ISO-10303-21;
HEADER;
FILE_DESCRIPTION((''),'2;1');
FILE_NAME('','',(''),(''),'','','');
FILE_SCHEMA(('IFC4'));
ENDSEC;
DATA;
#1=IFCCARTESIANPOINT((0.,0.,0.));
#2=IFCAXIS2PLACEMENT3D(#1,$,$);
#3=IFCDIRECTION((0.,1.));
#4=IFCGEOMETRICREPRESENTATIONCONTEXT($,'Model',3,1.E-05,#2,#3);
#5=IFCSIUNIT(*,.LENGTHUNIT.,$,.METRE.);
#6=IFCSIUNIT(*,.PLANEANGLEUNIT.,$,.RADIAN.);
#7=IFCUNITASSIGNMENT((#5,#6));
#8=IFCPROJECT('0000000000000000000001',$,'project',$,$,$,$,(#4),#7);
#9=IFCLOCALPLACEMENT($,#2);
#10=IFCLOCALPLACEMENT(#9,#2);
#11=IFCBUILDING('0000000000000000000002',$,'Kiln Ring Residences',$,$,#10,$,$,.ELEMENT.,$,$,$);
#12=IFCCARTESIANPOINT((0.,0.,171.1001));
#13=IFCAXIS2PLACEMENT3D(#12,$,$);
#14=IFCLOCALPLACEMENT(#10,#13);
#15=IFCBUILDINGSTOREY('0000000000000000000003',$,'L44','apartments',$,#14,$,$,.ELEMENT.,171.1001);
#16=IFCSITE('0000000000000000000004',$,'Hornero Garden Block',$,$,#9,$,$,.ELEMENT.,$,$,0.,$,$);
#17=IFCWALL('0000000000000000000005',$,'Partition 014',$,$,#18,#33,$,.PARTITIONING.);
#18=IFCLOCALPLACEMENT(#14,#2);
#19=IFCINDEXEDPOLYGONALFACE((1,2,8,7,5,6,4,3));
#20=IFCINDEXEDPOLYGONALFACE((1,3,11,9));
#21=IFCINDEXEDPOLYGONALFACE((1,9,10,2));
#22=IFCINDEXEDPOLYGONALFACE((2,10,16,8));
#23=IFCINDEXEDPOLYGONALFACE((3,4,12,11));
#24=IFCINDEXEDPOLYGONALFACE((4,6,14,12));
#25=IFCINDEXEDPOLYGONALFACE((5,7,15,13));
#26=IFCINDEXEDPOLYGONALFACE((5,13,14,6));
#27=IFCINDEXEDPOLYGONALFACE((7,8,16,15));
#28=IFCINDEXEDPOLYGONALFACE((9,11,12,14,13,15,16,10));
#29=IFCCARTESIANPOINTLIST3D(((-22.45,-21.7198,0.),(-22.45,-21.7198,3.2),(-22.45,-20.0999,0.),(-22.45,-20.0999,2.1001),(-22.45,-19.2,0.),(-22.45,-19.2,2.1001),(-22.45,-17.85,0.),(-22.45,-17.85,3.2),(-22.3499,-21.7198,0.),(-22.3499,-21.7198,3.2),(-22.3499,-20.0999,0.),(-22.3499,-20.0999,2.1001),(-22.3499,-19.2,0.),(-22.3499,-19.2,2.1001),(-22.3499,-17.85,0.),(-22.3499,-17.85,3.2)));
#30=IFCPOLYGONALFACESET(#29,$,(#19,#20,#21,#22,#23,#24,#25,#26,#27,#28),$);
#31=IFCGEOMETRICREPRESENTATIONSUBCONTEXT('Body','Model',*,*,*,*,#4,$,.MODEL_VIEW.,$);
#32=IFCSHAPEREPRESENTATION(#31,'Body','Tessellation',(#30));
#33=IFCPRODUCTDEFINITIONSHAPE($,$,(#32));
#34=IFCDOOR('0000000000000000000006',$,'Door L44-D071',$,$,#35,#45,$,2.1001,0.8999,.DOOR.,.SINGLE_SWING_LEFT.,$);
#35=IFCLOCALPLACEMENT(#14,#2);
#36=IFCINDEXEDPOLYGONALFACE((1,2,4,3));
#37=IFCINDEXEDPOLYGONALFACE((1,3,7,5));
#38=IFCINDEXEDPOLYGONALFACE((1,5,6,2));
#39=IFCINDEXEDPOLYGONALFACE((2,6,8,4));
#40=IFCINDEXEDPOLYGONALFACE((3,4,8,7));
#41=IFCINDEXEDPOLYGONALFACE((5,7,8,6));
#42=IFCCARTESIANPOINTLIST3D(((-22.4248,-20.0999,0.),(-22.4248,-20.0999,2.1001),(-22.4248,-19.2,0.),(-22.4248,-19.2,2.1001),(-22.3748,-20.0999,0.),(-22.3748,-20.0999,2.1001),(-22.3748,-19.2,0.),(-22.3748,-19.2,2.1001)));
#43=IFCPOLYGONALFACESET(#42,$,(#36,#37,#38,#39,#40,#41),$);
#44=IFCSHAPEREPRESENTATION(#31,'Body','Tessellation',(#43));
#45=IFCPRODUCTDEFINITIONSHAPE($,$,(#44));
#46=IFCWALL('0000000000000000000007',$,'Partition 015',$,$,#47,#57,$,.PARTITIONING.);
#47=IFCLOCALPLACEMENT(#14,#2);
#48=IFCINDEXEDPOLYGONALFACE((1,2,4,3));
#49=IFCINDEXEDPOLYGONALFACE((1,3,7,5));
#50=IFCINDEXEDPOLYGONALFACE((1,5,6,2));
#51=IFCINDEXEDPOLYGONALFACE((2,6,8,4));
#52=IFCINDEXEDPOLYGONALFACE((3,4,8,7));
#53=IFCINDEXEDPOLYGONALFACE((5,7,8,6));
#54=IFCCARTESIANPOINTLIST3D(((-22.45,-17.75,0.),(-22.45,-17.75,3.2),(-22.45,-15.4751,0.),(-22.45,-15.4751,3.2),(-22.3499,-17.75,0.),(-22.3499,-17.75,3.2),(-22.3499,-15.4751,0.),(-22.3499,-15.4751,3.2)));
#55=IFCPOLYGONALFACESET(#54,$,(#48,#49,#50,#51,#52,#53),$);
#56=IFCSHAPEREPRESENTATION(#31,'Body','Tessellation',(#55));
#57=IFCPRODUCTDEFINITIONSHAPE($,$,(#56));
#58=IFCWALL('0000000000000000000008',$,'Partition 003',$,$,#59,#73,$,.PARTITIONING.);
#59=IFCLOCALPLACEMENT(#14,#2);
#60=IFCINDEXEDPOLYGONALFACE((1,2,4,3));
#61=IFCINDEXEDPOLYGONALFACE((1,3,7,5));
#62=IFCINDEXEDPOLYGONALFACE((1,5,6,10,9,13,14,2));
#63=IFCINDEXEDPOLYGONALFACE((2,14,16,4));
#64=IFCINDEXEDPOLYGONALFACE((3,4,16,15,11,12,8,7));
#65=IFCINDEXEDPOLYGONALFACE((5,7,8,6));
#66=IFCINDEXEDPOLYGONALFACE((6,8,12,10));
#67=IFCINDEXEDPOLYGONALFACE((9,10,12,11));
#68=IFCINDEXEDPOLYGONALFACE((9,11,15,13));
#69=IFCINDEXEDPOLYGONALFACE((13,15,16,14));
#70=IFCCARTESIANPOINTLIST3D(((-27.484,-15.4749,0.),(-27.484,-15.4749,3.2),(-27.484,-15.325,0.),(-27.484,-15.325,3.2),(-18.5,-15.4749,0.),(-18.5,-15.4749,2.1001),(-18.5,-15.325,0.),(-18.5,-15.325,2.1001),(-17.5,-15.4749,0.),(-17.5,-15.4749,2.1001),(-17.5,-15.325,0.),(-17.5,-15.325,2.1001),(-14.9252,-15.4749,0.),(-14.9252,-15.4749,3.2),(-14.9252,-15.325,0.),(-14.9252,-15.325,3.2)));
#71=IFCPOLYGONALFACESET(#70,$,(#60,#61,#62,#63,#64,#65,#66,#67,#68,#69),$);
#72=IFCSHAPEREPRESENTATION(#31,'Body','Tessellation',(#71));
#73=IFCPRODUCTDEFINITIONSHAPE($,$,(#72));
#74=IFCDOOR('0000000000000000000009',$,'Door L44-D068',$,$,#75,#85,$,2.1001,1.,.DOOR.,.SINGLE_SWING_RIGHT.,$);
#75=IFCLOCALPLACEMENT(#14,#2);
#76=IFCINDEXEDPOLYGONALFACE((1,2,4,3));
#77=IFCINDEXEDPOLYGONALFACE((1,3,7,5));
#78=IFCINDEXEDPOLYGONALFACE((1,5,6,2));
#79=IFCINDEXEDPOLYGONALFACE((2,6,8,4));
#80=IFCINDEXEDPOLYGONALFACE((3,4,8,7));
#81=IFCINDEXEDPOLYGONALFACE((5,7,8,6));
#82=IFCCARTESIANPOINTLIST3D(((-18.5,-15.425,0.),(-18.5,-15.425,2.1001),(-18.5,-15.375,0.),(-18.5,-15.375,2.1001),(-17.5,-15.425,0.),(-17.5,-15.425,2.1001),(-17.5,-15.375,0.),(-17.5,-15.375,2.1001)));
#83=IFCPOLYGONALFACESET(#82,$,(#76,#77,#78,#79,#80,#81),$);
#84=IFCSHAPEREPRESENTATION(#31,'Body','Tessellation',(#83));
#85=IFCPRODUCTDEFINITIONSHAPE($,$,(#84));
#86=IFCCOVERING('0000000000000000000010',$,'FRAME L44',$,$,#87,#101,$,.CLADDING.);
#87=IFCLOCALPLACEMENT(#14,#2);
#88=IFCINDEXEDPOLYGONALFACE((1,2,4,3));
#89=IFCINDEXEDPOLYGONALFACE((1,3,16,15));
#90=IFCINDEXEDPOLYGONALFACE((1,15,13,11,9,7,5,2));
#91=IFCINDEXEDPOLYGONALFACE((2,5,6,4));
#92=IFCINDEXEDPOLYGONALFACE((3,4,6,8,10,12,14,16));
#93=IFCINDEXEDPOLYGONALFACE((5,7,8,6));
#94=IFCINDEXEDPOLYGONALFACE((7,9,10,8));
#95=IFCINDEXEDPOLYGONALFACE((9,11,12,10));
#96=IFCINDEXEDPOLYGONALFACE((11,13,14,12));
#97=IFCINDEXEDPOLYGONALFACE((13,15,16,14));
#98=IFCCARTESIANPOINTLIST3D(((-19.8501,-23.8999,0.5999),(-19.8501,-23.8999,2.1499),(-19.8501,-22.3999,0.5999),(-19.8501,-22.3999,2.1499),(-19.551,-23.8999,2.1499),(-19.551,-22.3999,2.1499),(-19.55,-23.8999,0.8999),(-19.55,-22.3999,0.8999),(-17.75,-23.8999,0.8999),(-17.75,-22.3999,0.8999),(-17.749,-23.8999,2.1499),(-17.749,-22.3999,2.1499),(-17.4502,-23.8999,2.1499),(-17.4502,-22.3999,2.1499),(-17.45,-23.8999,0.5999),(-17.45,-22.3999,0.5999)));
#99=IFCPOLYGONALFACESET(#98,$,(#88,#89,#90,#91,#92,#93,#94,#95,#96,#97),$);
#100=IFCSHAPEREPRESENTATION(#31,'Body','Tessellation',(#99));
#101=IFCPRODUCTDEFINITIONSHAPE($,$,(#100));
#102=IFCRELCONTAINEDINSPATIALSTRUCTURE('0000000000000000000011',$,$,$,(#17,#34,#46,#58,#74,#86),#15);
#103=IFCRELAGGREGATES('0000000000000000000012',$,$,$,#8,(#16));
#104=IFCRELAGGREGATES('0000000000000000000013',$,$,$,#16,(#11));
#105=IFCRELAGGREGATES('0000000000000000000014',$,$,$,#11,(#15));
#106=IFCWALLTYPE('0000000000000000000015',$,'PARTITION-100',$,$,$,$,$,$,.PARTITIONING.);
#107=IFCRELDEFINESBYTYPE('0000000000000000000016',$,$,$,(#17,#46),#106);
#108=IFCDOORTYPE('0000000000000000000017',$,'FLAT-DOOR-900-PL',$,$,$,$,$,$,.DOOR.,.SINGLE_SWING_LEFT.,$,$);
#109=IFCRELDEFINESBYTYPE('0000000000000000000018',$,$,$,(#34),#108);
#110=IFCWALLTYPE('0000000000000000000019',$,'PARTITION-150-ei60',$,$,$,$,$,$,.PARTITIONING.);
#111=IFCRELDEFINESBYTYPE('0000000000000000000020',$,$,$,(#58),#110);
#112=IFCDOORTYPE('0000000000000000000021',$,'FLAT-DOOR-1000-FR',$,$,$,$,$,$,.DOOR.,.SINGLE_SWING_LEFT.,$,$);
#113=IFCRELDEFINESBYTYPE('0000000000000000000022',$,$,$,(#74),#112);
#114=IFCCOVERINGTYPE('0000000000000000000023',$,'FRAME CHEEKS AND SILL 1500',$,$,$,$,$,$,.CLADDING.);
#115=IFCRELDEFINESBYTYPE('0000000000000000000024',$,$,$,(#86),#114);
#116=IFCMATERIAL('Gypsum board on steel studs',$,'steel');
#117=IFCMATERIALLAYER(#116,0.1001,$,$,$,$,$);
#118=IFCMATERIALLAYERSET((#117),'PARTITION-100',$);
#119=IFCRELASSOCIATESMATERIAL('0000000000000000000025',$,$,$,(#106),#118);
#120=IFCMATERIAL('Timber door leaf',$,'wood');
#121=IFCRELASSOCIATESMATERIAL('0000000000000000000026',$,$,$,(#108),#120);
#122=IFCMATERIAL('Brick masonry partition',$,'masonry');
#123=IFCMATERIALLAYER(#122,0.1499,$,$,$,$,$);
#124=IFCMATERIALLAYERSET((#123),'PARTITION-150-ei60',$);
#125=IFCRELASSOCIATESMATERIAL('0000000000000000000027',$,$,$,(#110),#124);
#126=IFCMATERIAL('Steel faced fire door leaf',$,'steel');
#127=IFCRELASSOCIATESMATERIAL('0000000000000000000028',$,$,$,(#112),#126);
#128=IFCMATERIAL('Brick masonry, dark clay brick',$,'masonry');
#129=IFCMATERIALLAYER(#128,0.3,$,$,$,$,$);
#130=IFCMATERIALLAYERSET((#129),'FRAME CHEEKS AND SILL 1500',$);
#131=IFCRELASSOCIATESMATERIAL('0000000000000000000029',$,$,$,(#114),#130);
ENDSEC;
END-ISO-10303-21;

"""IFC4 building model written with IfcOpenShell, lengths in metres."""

from ifc_helpers import new_model, si_unit, direction, frame, frame_2d, origin, place, context, subcontext, project, spatial, polyline, rectangle, outline, extrude, material, layer, layer_set, type_object, element, fill, save


model = new_model("IFC4")

# Units and contexts
model_context = context("Model", 3, precision=1e-05, world=origin(), true_north=direction((0.0, 1.0)))
body_context = subcontext(model_context, "Body", "Model", "MODEL_VIEW")
ifc_project = project(units=[si_unit("LENGTHUNIT", "METRE"), si_unit("PLANEANGLEUNIT", "RADIAN")], contexts=[model_context])

# Site, building, storey
site_placement = place(None, origin())
site = spatial("IfcSite", under=ifc_project, at=site_placement, Name="Hornero Garden Block", CompositionType="ELEMENT", RefElevation=0.0)
building_placement = place(site_placement, origin())
building = spatial("IfcBuilding", under=site, at=building_placement, Name="Kiln Ring Residences", CompositionType="ELEMENT")
storey_placement = place(building_placement, frame((0.0, 0.0, 171.1001)))
storey = spatial("IfcBuildingStorey", under=building, at=storey_placement, Name="L44", Description="apartments", CompositionType="ELEMENT", Elevation=171.1001)

# Shared definitions
ifc_material_1 = material(Name="Gypsum board on steel studs", Category="steel")
ifc_layer_1 = layer(ifc_material_1, 0.1001)
ifc_layer_set_1 = layer_set([ifc_layer_1], Name="PARTITION-100")
wall_type_1 = type_object("IfcWallType", Name="PARTITION-100", PredefinedType="PARTITIONING", material=ifc_layer_set_1)
ifc_material_2 = material(Name="Timber door leaf", Category="wood")
door_type_1 = type_object("IfcDoorType", Name="FLAT-DOOR-900-PL", OperationType="SINGLE_SWING_LEFT", PredefinedType="DOOR", material=ifc_material_2)

# Wall, opening, door
wall_1_placement = place(storey_placement, frame((-22.3999, -21.72, 0.0), z_axis=(0.0, 0.0, 1.0), x_axis=(0.0, 1.0, 0.0)))
wall_1 = element("IfcWall", 1, at=wall_1_placement, inside=storey, type_object=wall_type_1, Name="Partition 014", PredefinedType="PARTITIONING", context=body_context, shape_type="SweptSolid", body=[
    extrude(rectangle(XDim=3.8699, YDim=0.1001, at=frame_2d((1.9351, 0.0))), origin(), (0.0, 0.0, 1.0), 3.2),
])
opening_1_placement = place(wall_1_placement, frame((1.6201, 0.0, 0.0)))
opening_1 = element("IfcOpeningElement", 2, at=opening_1_placement, cuts=wall_1, PredefinedType="OPENING", context=body_context, shape_type="SweptSolid", body=[
    extrude(rectangle(XDim=0.8999, YDim=2.1001, at=frame_2d((0.45, 1.05))), frame((0.0, 0.0601, 0.0), z_axis=(0.0, -1.0, 0.0), x_axis=(1.0, 0.0, 0.0)), (0.0, 0.0, 1.0), 0.1201),
])
door_1_placement = place(opening_1_placement, origin())
door_1 = element("IfcDoor", 3, at=door_1_placement, inside=storey, type_object=door_type_1, Name="Door L44-D071", OperationType="SINGLE_SWING_LEFT", OverallHeight=2.1001, OverallWidth=0.8999, PredefinedType="DOOR", context=body_context, shape_type="SweptSolid", body=[
    extrude(rectangle(XDim=0.8999, YDim=2.1001, at=frame_2d((0.45, 1.05))), frame((0.0, 0.0249, 0.0), z_axis=(0.0, -1.0, 0.0), x_axis=(1.0, 0.0, 0.0)), (0.0, 0.0, 1.0), 0.05),
])
fill(opening_1, door_1)

# Wall
wall_2_placement = place(storey_placement, frame((-22.3999, -17.75, 0.0), z_axis=(0.0, 0.0, 1.0), x_axis=(0.0, 1.0, 0.0)))
element("IfcWall", 4, at=wall_2_placement, inside=storey, type_object=wall_type_1, Name="Partition 015", PredefinedType="PARTITIONING", context=body_context, shape_type="SweptSolid", body=[
    extrude(rectangle(XDim=2.2749, YDim=0.1001, at=frame_2d((1.1375, 0.0))), origin(), (0.0, 0.0, 1.0), 3.2),
])

# Wall, opening, door
ifc_material_3 = material(Name="Brick masonry partition", Category="masonry")
ifc_layer_2 = layer(ifc_material_3, 0.1499)
ifc_layer_set_2 = layer_set([ifc_layer_2], Name="PARTITION-150-ei60")
wall_type_2 = type_object("IfcWallType", Name="PARTITION-150-ei60", PredefinedType="PARTITIONING", material=ifc_layer_set_2)
wall_3_placement = place(storey_placement, frame((-27.4839, -15.3999, 0.0), z_axis=(0.0, 0.0, 1.0), x_axis=(1.0, 0.0, 0.0)))
wall_3 = element("IfcWall", 5, at=wall_3_placement, inside=storey, type_object=wall_type_2, Name="Partition 003", PredefinedType="PARTITIONING", context=body_context, shape_type="SweptSolid", body=[
    extrude(rectangle(XDim=12.5588, YDim=0.1499, at=frame_2d((6.2793, 0.0))), origin(), (0.0, 0.0, 1.0), 3.2),
])
opening_2_placement = place(wall_3_placement, frame((8.9839, 0.0, 0.0)))
opening_2 = element("IfcOpeningElement", 6, at=opening_2_placement, cuts=wall_3, PredefinedType="OPENING", context=body_context, shape_type="SweptSolid", body=[
    extrude(rectangle(XDim=1.0, YDim=2.1001, at=frame_2d((0.5, 1.05))), frame((0.0, 0.085, 0.0), z_axis=(0.0, -1.0, 0.0), x_axis=(1.0, 0.0, 0.0)), (0.0, 0.0, 1.0), 0.1699),
])
ifc_material_4 = material(Name="Steel faced fire door leaf", Category="steel")
door_type_2 = type_object("IfcDoorType", Name="FLAT-DOOR-1000-FR", OperationType="SINGLE_SWING_LEFT", PredefinedType="DOOR", material=ifc_material_4)
door_2_placement = place(opening_2_placement, origin())
door_2 = element("IfcDoor", 7, at=door_2_placement, inside=storey, type_object=door_type_2, Name="Door L44-D068", OperationType="SINGLE_SWING_RIGHT", OverallHeight=2.1001, OverallWidth=1.0, PredefinedType="DOOR", context=body_context, shape_type="SweptSolid", body=[
    extrude(rectangle(XDim=1.0, YDim=2.1001, at=frame_2d((0.5, 1.05))), frame((0.0, 0.0249, 0.0), z_axis=(0.0, -1.0, 0.0), x_axis=(1.0, 0.0, 0.0)), (0.0, 0.0, 1.0), 0.05),
])
fill(opening_2, door_2)

# Covering
ifc_material_5 = material(Name="Brick masonry, dark clay brick", Category="masonry")
ifc_layer_3 = layer(ifc_material_5, 0.3)
ifc_layer_set_3 = layer_set([ifc_layer_3], Name="FRAME CHEEKS AND SILL 1500")
covering_type = type_object("IfcCoveringType", Name="FRAME CHEEKS AND SILL 1500", PredefinedType="CLADDING", material=ifc_layer_set_3)
covering_placement = place(storey_placement, frame((-19.8501, -23.1499, 0.5999), z_axis=(0.0, 0.0, 1.0), x_axis=(1.0, 0.0, 0.0)))
element("IfcCovering", 8, at=covering_placement, inside=storey, type_object=covering_type, Name="FRAME L44", PredefinedType="CLADDING", context=body_context, shape_type="SweptSolid", body=[
    extrude(outline(polyline([(0.0, 0.0), (2.4001, 0.0), (2.3999, 1.55), (2.1011, 1.55), (2.1001, 0.3), (0.3, 0.3), (0.2991, 1.55), (0.0, 1.55), (0.0, 0.0)])), frame((0.0, 0.75, 0.0), z_axis=(0.0, -1.0, 0.0), x_axis=(1.0, 0.0, 0.0)), (0.0, 0.0, 1.0), 1.5),
])

save(model, "model.ifc")
